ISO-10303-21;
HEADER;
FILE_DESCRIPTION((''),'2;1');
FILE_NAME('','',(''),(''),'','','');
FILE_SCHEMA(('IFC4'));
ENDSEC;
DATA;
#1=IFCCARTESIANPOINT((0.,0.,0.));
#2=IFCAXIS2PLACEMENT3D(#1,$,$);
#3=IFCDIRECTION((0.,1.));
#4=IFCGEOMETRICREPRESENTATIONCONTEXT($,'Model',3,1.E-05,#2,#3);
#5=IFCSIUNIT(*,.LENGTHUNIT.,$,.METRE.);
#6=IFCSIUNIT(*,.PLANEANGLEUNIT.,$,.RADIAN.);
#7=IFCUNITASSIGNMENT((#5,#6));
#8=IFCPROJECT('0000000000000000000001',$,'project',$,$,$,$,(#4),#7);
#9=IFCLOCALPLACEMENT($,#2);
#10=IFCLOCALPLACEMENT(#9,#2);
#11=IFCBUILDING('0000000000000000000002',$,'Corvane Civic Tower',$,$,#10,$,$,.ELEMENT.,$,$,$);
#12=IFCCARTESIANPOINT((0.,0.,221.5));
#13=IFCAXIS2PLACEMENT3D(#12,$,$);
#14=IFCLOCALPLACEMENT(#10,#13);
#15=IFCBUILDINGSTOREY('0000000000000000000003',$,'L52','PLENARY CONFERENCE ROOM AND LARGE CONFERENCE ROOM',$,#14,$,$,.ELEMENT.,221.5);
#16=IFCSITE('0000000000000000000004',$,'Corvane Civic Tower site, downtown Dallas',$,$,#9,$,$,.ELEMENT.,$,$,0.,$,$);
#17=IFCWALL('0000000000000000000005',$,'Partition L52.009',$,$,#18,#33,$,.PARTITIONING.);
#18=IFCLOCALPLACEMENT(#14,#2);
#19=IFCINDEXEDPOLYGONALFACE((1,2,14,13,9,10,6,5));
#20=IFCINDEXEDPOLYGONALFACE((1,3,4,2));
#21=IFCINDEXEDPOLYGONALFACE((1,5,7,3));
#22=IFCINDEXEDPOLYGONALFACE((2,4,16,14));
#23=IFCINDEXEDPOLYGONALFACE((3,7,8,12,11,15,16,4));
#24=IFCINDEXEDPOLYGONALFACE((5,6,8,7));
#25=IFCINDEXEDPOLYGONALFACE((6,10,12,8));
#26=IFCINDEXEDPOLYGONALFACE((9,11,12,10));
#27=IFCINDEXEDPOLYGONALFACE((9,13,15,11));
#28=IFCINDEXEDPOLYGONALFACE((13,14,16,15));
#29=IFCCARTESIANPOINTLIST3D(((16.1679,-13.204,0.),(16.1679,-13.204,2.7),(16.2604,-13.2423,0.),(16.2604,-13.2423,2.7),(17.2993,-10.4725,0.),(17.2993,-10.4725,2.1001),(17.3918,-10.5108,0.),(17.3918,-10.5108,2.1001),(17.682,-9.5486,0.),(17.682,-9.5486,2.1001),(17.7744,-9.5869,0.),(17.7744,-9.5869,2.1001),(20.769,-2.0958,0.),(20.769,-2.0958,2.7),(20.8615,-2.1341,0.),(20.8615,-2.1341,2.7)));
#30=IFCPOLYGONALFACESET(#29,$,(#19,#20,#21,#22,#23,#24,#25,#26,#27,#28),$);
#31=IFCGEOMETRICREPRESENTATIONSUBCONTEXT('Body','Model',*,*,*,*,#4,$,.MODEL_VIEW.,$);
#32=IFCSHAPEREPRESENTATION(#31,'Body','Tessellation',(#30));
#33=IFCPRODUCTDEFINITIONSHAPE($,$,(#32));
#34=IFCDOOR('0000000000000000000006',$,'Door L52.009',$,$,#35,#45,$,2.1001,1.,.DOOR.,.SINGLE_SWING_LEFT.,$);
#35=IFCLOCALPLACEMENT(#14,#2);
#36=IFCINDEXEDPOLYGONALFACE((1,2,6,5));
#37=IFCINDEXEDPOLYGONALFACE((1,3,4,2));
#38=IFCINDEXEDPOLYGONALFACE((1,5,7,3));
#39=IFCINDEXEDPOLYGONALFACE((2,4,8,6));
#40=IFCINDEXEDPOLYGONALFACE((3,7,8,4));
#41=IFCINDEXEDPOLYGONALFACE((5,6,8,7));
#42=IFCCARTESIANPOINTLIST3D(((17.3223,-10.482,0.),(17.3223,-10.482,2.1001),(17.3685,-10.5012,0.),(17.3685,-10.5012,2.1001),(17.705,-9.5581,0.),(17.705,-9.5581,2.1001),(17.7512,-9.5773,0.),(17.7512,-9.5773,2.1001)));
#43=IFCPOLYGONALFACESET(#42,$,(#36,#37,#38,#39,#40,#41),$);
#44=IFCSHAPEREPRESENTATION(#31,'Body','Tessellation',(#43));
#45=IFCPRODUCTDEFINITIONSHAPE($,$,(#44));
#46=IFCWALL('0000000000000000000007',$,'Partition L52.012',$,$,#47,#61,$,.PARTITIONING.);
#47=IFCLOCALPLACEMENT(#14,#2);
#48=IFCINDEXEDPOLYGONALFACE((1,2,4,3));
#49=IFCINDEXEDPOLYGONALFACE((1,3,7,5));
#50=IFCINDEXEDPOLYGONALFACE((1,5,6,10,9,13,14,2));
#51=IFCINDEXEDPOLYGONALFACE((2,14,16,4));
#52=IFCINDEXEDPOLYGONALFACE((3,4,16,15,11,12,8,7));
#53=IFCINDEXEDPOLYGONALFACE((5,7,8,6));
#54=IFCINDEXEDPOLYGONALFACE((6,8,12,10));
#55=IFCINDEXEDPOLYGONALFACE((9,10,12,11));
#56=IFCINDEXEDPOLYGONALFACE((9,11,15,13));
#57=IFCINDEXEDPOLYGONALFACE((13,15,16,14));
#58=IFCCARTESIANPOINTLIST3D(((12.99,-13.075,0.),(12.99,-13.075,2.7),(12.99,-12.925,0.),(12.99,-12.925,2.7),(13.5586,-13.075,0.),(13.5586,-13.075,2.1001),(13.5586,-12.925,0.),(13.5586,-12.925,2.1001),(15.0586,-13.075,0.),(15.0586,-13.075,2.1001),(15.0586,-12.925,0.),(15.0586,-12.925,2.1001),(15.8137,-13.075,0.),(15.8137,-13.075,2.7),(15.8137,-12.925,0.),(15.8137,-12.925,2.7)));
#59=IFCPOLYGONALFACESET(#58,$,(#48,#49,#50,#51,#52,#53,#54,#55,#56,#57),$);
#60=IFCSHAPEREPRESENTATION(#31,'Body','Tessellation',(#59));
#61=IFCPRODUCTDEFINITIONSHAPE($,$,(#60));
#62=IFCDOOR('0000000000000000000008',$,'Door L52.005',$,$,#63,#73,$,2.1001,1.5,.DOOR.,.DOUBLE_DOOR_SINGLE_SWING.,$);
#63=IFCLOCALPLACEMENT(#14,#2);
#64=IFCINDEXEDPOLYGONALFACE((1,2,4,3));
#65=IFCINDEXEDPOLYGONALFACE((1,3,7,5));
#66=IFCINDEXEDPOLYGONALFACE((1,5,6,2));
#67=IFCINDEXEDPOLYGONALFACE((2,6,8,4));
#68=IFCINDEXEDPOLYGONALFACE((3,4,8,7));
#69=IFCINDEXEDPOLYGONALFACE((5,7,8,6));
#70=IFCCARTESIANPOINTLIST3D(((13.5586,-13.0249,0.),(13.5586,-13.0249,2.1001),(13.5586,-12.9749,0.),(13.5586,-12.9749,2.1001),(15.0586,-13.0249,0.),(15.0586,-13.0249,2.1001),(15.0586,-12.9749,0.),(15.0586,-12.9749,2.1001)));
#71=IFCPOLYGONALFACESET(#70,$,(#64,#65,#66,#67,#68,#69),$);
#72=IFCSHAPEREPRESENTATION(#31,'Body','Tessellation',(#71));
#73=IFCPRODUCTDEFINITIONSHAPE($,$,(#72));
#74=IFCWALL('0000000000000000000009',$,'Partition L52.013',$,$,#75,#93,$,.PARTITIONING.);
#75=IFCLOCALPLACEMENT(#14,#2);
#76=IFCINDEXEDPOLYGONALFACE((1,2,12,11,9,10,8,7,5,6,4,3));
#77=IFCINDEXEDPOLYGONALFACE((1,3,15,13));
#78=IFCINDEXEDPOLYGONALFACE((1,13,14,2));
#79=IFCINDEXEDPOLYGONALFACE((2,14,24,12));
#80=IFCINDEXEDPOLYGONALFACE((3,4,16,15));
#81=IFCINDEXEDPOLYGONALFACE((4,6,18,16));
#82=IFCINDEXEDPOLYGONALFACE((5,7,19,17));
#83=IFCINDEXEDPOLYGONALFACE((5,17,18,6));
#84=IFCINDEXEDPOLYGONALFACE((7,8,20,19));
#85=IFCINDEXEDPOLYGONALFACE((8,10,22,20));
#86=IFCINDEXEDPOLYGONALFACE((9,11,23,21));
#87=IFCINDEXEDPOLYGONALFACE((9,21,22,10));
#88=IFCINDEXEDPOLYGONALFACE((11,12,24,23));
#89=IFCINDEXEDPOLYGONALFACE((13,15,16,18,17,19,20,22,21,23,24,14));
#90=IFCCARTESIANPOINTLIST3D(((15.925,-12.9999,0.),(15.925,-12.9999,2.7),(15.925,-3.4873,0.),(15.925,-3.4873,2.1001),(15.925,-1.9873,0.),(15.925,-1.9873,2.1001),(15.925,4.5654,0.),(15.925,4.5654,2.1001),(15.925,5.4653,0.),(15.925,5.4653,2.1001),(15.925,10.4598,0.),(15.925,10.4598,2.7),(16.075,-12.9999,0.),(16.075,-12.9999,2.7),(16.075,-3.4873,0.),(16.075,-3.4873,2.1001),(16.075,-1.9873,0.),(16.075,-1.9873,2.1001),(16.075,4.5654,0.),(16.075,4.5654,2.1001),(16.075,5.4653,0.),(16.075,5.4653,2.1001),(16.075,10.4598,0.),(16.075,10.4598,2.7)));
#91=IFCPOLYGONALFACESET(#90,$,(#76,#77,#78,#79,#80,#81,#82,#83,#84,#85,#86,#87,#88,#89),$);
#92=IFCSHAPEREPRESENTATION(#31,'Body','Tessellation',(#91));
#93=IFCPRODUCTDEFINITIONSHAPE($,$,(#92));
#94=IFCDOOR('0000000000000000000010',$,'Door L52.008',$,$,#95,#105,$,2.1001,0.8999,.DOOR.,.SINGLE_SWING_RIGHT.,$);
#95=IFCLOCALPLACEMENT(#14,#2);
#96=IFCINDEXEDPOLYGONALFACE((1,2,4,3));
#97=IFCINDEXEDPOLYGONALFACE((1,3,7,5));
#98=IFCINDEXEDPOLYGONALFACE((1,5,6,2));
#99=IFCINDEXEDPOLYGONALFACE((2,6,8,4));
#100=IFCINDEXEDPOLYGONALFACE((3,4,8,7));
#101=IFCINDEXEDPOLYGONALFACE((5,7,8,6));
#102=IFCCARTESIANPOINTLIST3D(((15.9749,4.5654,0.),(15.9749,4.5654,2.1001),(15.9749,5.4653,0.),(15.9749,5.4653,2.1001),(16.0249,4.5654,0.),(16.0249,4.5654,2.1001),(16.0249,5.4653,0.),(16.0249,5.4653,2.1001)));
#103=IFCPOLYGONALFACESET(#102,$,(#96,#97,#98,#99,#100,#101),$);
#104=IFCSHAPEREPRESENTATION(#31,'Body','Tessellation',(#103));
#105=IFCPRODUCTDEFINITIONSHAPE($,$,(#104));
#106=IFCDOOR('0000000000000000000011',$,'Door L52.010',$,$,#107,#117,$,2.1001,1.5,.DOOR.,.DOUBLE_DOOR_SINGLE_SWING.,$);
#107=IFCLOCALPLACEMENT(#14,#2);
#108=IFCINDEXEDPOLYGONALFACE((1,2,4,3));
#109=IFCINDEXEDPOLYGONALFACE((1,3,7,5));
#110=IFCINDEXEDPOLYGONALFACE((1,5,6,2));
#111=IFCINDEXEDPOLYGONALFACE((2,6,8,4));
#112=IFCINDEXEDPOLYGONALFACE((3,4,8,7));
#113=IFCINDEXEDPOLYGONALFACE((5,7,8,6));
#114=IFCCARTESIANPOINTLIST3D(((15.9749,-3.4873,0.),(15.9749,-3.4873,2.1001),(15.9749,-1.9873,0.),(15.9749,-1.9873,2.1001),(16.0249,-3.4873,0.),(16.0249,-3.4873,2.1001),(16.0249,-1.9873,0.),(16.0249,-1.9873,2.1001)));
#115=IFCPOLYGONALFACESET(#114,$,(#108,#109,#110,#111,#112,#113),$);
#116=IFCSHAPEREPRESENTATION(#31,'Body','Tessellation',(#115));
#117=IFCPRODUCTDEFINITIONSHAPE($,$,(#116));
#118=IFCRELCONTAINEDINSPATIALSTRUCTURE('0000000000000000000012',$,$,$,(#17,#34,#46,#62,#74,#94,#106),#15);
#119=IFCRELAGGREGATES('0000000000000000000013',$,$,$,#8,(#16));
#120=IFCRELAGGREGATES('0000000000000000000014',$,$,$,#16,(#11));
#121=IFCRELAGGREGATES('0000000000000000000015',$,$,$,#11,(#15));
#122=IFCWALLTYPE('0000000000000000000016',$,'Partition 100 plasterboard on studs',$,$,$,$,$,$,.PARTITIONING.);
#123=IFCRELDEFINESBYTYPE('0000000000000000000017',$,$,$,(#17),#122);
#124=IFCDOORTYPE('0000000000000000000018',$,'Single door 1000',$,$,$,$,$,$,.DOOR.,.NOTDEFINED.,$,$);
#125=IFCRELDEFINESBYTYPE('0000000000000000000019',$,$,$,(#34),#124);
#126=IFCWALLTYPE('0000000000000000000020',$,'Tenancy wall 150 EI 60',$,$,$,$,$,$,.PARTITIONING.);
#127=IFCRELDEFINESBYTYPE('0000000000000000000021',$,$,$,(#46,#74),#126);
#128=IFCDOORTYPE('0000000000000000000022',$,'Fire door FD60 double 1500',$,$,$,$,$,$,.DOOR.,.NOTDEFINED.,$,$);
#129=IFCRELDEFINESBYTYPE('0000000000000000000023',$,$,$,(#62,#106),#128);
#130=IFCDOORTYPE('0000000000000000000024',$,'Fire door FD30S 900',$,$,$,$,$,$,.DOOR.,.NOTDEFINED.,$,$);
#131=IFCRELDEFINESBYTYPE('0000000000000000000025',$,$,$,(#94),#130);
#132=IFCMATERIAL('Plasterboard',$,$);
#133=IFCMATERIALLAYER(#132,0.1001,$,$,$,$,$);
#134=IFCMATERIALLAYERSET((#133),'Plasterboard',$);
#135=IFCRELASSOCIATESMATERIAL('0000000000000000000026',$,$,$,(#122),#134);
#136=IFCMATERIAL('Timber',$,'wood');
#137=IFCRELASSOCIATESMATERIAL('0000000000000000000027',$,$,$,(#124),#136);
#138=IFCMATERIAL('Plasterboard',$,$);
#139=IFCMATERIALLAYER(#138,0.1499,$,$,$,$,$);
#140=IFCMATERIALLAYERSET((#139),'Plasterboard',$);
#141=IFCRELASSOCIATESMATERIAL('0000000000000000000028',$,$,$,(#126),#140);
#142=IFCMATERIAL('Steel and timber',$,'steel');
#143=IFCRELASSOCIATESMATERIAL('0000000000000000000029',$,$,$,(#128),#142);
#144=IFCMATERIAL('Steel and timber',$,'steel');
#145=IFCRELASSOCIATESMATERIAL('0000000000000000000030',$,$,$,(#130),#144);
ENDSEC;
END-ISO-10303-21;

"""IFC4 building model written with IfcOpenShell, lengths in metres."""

from ifc_helpers import new_model, si_unit, direction, frame, frame_2d, origin, place, context, subcontext, project, spatial, rectangle, extrude, material, layer, layer_set, type_object, element, fill, save


model = new_model("IFC4")

# Units and contexts
model_context = context("Model", 3, precision=1e-05, world=origin(), true_north=direction((0.0, 1.0)))
body_context = subcontext(model_context, "Body", "Model", "MODEL_VIEW")
ifc_project = project(units=[si_unit("LENGTHUNIT", "METRE"), si_unit("PLANEANGLEUNIT", "RADIAN")], contexts=[model_context])

# Site, building, storey
site_placement = place(None, origin())
site = spatial("IfcSite", under=ifc_project, at=site_placement, Name="Corvane Civic Tower site, downtown Dallas", CompositionType="ELEMENT", RefElevation=0.0)
building_placement = place(site_placement, origin())
building = spatial("IfcBuilding", under=site, at=building_placement, Name="Corvane Civic Tower", CompositionType="ELEMENT")
storey_placement = place(building_placement, frame((0.0, 0.0, 221.5)))
storey = spatial("IfcBuildingStorey", under=building, at=storey_placement, Name="L52", Description="PLENARY CONFERENCE ROOM AND LARGE CONFERENCE ROOM", CompositionType="ELEMENT", Elevation=221.5)

# Shared definitions
ifc_material_1 = material(Name="Plasterboard")
ifc_layer_1 = layer(ifc_material_1, 0.1001)
ifc_layer_set_1 = layer_set([ifc_layer_1], Name="Plasterboard")
wall_type_1 = type_object("IfcWallType", Name="Partition 100 plasterboard on studs", PredefinedType="PARTITIONING", material=ifc_layer_set_1)

# Walls, openings, doors
wall_1_placement = place(storey_placement, frame((16.2141, -13.2231, 0.0), z_axis=(0.0, 0.0, 1.0), x_axis=(0.382678, 0.923882, 0.0)))
wall_1 = element("IfcWall", 1, at=wall_1_placement, inside=storey, type_object=wall_type_1, Name="Partition L52.009", PredefinedType="PARTITIONING", context=body_context, shape_type="SweptSolid", body=[
    extrude(rectangle(XDim=12.0234, YDim=0.1001, at=frame_2d((6.0117, 0.0))), origin(), (0.0, 0.0, 1.0), 2.7),
])
opening_1_placement = place(wall_1_placement, frame((2.9565, 0.0, 0.0)))
opening_1 = element("IfcOpeningElement", 2, at=opening_1_placement, cuts=wall_1, PredefinedType="OPENING", context=body_context, shape_type="SweptSolid", body=[
    extrude(rectangle(XDim=1.0, YDim=2.1001, at=frame_2d((0.5, 1.05))), frame((0.0, 0.0601, 0.0), z_axis=(0.0, -1.0, 0.0), x_axis=(1.0, 0.0, 0.0)), (0.0, 0.0, 1.0), 0.1201),
])
ifc_material_2 = material(Name="Timber", Category="wood")
door_type_1 = type_object("IfcDoorType", Name="Single door 1000", OperationType="NOTDEFINED", PredefinedType="DOOR", material=ifc_material_2)
door_1_placement = place(opening_1_placement, frame((1.0, 0.0, 0.0), z_axis=(0.0, 0.0, 1.0), x_axis=(-1.0, 0.0, 0.0)))
door_1 = element("IfcDoor", 3, at=door_1_placement, inside=storey, type_object=door_type_1, Name="Door L52.009", OperationType="SINGLE_SWING_LEFT", OverallHeight=2.1001, OverallWidth=1.0, PredefinedType="DOOR", context=body_context, shape_type="SweptSolid", body=[
    extrude(rectangle(XDim=1.0, YDim=2.1001, at=frame_2d((0.5, 1.05))), frame((0.0, 0.0249, 0.0), z_axis=(0.0, -1.0, 0.0), x_axis=(1.0, 0.0, 0.0)), (0.0, 0.0, 1.0), 0.05),
])
fill(opening_1, door_1)
ifc_material_3 = material(Name="Plasterboard")
ifc_layer_2 = layer(ifc_material_3, 0.1499)
ifc_layer_set_2 = layer_set([ifc_layer_2], Name="Plasterboard")
wall_type_2 = type_object("IfcWallType", Name="Tenancy wall 150 EI 60", PredefinedType="PARTITIONING", material=ifc_layer_set_2)
wall_2_placement = place(storey_placement, frame((12.99, -13.0, 0.0), z_axis=(0.0, 0.0, 1.0), x_axis=(1.0, 0.0, 0.0)))
wall_2 = element("IfcWall", 4, at=wall_2_placement, inside=storey, type_object=wall_type_2, Name="Partition L52.012", PredefinedType="PARTITIONING", context=body_context, shape_type="SweptSolid", body=[
    extrude(rectangle(XDim=2.8237, YDim=0.1499, at=frame_2d((1.4119, 0.0))), origin(), (0.0, 0.0, 1.0), 2.7),
])
opening_2_placement = place(wall_2_placement, frame((0.5686, 0.0, 0.0)))
opening_2 = element("IfcOpeningElement", 5, at=opening_2_placement, cuts=wall_2, PredefinedType="OPENING", context=body_context, shape_type="SweptSolid", body=[
    extrude(rectangle(XDim=1.5, YDim=2.1001, at=frame_2d((0.75, 1.05))), frame((0.0, 0.085, 0.0), z_axis=(0.0, -1.0, 0.0), x_axis=(1.0, 0.0, 0.0)), (0.0, 0.0, 1.0), 0.1699),
])
ifc_material_4 = material(Name="Steel and timber", Category="steel")
door_type_2 = type_object("IfcDoorType", Name="Fire door FD60 double 1500", OperationType="NOTDEFINED", PredefinedType="DOOR", material=ifc_material_4)
door_2_placement = place(opening_2_placement, frame((1.5, 0.0, 0.0), z_axis=(0.0, 0.0, 1.0), x_axis=(-1.0, 0.0, 0.0)))
door_2 = element("IfcDoor", 6, at=door_2_placement, inside=storey, type_object=door_type_2, Name="Door L52.005", OperationType="DOUBLE_DOOR_SINGLE_SWING", OverallHeight=2.1001, OverallWidth=1.5, PredefinedType="DOOR", context=body_context, shape_type="SweptSolid", body=[
    extrude(rectangle(XDim=1.5, YDim=2.1001, at=frame_2d((0.75, 1.05))), frame((0.0, 0.0249, 0.0), z_axis=(0.0, -1.0, 0.0), x_axis=(1.0, 0.0, 0.0)), (0.0, 0.0, 1.0), 0.05),
])
fill(opening_2, door_2)

# Wall, openings, doors
wall_3_placement = place(storey_placement, frame((16.0, -13.0, 0.0), z_axis=(0.0, 0.0, 1.0), x_axis=(0.0, 1.0, 0.0)))
wall_3 = element("IfcWall", 7, at=wall_3_placement, inside=storey, type_object=wall_type_2, Name="Partition L52.013", PredefinedType="PARTITIONING", context=body_context, shape_type="SweptSolid", body=[
    extrude(rectangle(XDim=23.4597, YDim=0.1499, at=frame_2d((11.73, 0.0))), origin(), (0.0, 0.0, 1.0), 2.7),
])
opening_3_placement = place(wall_3_placement, frame((17.5654, 0.0, 0.0)))
opening_3 = element("IfcOpeningElement", 8, at=opening_3_placement, cuts=wall_3, PredefinedType="OPENING", context=body_context, shape_type="SweptSolid", body=[
    extrude(rectangle(XDim=0.8999, YDim=2.1001, at=frame_2d((0.45, 1.05))), frame((0.0, 0.085, 0.0), z_axis=(0.0, -1.0, 0.0), x_axis=(1.0, 0.0, 0.0)), (0.0, 0.0, 1.0), 0.1699),
])
opening_4_placement = place(wall_3_placement, frame((9.5127, 0.0, 0.0)))
opening_4 = element("IfcOpeningElement", 9, at=opening_4_placement, cuts=wall_3, PredefinedType="OPENING", context=body_context, shape_type="SweptSolid", body=[
    extrude(rectangle(XDim=1.5, YDim=2.1001, at=frame_2d((0.75, 1.05))), frame((0.0, 0.085, 0.0), z_axis=(0.0, -1.0, 0.0), x_axis=(1.0, 0.0, 0.0)), (0.0, 0.0, 1.0), 0.1699),
])
ifc_material_5 = material(Name="Steel and timber", Category="steel")
door_type_3 = type_object("IfcDoorType", Name="Fire door FD30S 900", OperationType="NOTDEFINED", PredefinedType="DOOR", material=ifc_material_5)
door_3_placement = place(opening_3_placement, frame((0.8999, 0.0, 0.0), z_axis=(0.0, 0.0, 1.0), x_axis=(-1.0, 0.0, 0.0)))
door_3 = element("IfcDoor", 10, at=door_3_placement, inside=storey, type_object=door_type_3, Name="Door L52.008", OperationType="SINGLE_SWING_RIGHT", OverallHeight=2.1001, OverallWidth=0.8999, PredefinedType="DOOR", context=body_context, shape_type="SweptSolid", body=[
    extrude(rectangle(XDim=0.8999, YDim=2.1001, at=frame_2d((0.45, 1.05))), frame((0.0, 0.0249, 0.0), z_axis=(0.0, -1.0, 0.0), x_axis=(1.0, 0.0, 0.0)), (0.0, 0.0, 1.0), 0.05),
])
fill(opening_3, door_3)
door_4_placement = place(opening_4_placement, frame((1.5, 0.0, 0.0), z_axis=(0.0, 0.0, 1.0), x_axis=(-1.0, 0.0, 0.0)))
door_4 = element("IfcDoor", 11, at=door_4_placement, inside=storey, type_object=door_type_2, Name="Door L52.010", OperationType="DOUBLE_DOOR_SINGLE_SWING", OverallHeight=2.1001, OverallWidth=1.5, PredefinedType="DOOR", context=body_context, shape_type="SweptSolid", body=[
    extrude(rectangle(XDim=1.5, YDim=2.1001, at=frame_2d((0.75, 1.05))), frame((0.0, 0.0249, 0.0), z_axis=(0.0, -1.0, 0.0), x_axis=(1.0, 0.0, 0.0)), (0.0, 0.0, 1.0), 0.05),
])
fill(opening_4, door_4)

save(model, "model.ifc")
